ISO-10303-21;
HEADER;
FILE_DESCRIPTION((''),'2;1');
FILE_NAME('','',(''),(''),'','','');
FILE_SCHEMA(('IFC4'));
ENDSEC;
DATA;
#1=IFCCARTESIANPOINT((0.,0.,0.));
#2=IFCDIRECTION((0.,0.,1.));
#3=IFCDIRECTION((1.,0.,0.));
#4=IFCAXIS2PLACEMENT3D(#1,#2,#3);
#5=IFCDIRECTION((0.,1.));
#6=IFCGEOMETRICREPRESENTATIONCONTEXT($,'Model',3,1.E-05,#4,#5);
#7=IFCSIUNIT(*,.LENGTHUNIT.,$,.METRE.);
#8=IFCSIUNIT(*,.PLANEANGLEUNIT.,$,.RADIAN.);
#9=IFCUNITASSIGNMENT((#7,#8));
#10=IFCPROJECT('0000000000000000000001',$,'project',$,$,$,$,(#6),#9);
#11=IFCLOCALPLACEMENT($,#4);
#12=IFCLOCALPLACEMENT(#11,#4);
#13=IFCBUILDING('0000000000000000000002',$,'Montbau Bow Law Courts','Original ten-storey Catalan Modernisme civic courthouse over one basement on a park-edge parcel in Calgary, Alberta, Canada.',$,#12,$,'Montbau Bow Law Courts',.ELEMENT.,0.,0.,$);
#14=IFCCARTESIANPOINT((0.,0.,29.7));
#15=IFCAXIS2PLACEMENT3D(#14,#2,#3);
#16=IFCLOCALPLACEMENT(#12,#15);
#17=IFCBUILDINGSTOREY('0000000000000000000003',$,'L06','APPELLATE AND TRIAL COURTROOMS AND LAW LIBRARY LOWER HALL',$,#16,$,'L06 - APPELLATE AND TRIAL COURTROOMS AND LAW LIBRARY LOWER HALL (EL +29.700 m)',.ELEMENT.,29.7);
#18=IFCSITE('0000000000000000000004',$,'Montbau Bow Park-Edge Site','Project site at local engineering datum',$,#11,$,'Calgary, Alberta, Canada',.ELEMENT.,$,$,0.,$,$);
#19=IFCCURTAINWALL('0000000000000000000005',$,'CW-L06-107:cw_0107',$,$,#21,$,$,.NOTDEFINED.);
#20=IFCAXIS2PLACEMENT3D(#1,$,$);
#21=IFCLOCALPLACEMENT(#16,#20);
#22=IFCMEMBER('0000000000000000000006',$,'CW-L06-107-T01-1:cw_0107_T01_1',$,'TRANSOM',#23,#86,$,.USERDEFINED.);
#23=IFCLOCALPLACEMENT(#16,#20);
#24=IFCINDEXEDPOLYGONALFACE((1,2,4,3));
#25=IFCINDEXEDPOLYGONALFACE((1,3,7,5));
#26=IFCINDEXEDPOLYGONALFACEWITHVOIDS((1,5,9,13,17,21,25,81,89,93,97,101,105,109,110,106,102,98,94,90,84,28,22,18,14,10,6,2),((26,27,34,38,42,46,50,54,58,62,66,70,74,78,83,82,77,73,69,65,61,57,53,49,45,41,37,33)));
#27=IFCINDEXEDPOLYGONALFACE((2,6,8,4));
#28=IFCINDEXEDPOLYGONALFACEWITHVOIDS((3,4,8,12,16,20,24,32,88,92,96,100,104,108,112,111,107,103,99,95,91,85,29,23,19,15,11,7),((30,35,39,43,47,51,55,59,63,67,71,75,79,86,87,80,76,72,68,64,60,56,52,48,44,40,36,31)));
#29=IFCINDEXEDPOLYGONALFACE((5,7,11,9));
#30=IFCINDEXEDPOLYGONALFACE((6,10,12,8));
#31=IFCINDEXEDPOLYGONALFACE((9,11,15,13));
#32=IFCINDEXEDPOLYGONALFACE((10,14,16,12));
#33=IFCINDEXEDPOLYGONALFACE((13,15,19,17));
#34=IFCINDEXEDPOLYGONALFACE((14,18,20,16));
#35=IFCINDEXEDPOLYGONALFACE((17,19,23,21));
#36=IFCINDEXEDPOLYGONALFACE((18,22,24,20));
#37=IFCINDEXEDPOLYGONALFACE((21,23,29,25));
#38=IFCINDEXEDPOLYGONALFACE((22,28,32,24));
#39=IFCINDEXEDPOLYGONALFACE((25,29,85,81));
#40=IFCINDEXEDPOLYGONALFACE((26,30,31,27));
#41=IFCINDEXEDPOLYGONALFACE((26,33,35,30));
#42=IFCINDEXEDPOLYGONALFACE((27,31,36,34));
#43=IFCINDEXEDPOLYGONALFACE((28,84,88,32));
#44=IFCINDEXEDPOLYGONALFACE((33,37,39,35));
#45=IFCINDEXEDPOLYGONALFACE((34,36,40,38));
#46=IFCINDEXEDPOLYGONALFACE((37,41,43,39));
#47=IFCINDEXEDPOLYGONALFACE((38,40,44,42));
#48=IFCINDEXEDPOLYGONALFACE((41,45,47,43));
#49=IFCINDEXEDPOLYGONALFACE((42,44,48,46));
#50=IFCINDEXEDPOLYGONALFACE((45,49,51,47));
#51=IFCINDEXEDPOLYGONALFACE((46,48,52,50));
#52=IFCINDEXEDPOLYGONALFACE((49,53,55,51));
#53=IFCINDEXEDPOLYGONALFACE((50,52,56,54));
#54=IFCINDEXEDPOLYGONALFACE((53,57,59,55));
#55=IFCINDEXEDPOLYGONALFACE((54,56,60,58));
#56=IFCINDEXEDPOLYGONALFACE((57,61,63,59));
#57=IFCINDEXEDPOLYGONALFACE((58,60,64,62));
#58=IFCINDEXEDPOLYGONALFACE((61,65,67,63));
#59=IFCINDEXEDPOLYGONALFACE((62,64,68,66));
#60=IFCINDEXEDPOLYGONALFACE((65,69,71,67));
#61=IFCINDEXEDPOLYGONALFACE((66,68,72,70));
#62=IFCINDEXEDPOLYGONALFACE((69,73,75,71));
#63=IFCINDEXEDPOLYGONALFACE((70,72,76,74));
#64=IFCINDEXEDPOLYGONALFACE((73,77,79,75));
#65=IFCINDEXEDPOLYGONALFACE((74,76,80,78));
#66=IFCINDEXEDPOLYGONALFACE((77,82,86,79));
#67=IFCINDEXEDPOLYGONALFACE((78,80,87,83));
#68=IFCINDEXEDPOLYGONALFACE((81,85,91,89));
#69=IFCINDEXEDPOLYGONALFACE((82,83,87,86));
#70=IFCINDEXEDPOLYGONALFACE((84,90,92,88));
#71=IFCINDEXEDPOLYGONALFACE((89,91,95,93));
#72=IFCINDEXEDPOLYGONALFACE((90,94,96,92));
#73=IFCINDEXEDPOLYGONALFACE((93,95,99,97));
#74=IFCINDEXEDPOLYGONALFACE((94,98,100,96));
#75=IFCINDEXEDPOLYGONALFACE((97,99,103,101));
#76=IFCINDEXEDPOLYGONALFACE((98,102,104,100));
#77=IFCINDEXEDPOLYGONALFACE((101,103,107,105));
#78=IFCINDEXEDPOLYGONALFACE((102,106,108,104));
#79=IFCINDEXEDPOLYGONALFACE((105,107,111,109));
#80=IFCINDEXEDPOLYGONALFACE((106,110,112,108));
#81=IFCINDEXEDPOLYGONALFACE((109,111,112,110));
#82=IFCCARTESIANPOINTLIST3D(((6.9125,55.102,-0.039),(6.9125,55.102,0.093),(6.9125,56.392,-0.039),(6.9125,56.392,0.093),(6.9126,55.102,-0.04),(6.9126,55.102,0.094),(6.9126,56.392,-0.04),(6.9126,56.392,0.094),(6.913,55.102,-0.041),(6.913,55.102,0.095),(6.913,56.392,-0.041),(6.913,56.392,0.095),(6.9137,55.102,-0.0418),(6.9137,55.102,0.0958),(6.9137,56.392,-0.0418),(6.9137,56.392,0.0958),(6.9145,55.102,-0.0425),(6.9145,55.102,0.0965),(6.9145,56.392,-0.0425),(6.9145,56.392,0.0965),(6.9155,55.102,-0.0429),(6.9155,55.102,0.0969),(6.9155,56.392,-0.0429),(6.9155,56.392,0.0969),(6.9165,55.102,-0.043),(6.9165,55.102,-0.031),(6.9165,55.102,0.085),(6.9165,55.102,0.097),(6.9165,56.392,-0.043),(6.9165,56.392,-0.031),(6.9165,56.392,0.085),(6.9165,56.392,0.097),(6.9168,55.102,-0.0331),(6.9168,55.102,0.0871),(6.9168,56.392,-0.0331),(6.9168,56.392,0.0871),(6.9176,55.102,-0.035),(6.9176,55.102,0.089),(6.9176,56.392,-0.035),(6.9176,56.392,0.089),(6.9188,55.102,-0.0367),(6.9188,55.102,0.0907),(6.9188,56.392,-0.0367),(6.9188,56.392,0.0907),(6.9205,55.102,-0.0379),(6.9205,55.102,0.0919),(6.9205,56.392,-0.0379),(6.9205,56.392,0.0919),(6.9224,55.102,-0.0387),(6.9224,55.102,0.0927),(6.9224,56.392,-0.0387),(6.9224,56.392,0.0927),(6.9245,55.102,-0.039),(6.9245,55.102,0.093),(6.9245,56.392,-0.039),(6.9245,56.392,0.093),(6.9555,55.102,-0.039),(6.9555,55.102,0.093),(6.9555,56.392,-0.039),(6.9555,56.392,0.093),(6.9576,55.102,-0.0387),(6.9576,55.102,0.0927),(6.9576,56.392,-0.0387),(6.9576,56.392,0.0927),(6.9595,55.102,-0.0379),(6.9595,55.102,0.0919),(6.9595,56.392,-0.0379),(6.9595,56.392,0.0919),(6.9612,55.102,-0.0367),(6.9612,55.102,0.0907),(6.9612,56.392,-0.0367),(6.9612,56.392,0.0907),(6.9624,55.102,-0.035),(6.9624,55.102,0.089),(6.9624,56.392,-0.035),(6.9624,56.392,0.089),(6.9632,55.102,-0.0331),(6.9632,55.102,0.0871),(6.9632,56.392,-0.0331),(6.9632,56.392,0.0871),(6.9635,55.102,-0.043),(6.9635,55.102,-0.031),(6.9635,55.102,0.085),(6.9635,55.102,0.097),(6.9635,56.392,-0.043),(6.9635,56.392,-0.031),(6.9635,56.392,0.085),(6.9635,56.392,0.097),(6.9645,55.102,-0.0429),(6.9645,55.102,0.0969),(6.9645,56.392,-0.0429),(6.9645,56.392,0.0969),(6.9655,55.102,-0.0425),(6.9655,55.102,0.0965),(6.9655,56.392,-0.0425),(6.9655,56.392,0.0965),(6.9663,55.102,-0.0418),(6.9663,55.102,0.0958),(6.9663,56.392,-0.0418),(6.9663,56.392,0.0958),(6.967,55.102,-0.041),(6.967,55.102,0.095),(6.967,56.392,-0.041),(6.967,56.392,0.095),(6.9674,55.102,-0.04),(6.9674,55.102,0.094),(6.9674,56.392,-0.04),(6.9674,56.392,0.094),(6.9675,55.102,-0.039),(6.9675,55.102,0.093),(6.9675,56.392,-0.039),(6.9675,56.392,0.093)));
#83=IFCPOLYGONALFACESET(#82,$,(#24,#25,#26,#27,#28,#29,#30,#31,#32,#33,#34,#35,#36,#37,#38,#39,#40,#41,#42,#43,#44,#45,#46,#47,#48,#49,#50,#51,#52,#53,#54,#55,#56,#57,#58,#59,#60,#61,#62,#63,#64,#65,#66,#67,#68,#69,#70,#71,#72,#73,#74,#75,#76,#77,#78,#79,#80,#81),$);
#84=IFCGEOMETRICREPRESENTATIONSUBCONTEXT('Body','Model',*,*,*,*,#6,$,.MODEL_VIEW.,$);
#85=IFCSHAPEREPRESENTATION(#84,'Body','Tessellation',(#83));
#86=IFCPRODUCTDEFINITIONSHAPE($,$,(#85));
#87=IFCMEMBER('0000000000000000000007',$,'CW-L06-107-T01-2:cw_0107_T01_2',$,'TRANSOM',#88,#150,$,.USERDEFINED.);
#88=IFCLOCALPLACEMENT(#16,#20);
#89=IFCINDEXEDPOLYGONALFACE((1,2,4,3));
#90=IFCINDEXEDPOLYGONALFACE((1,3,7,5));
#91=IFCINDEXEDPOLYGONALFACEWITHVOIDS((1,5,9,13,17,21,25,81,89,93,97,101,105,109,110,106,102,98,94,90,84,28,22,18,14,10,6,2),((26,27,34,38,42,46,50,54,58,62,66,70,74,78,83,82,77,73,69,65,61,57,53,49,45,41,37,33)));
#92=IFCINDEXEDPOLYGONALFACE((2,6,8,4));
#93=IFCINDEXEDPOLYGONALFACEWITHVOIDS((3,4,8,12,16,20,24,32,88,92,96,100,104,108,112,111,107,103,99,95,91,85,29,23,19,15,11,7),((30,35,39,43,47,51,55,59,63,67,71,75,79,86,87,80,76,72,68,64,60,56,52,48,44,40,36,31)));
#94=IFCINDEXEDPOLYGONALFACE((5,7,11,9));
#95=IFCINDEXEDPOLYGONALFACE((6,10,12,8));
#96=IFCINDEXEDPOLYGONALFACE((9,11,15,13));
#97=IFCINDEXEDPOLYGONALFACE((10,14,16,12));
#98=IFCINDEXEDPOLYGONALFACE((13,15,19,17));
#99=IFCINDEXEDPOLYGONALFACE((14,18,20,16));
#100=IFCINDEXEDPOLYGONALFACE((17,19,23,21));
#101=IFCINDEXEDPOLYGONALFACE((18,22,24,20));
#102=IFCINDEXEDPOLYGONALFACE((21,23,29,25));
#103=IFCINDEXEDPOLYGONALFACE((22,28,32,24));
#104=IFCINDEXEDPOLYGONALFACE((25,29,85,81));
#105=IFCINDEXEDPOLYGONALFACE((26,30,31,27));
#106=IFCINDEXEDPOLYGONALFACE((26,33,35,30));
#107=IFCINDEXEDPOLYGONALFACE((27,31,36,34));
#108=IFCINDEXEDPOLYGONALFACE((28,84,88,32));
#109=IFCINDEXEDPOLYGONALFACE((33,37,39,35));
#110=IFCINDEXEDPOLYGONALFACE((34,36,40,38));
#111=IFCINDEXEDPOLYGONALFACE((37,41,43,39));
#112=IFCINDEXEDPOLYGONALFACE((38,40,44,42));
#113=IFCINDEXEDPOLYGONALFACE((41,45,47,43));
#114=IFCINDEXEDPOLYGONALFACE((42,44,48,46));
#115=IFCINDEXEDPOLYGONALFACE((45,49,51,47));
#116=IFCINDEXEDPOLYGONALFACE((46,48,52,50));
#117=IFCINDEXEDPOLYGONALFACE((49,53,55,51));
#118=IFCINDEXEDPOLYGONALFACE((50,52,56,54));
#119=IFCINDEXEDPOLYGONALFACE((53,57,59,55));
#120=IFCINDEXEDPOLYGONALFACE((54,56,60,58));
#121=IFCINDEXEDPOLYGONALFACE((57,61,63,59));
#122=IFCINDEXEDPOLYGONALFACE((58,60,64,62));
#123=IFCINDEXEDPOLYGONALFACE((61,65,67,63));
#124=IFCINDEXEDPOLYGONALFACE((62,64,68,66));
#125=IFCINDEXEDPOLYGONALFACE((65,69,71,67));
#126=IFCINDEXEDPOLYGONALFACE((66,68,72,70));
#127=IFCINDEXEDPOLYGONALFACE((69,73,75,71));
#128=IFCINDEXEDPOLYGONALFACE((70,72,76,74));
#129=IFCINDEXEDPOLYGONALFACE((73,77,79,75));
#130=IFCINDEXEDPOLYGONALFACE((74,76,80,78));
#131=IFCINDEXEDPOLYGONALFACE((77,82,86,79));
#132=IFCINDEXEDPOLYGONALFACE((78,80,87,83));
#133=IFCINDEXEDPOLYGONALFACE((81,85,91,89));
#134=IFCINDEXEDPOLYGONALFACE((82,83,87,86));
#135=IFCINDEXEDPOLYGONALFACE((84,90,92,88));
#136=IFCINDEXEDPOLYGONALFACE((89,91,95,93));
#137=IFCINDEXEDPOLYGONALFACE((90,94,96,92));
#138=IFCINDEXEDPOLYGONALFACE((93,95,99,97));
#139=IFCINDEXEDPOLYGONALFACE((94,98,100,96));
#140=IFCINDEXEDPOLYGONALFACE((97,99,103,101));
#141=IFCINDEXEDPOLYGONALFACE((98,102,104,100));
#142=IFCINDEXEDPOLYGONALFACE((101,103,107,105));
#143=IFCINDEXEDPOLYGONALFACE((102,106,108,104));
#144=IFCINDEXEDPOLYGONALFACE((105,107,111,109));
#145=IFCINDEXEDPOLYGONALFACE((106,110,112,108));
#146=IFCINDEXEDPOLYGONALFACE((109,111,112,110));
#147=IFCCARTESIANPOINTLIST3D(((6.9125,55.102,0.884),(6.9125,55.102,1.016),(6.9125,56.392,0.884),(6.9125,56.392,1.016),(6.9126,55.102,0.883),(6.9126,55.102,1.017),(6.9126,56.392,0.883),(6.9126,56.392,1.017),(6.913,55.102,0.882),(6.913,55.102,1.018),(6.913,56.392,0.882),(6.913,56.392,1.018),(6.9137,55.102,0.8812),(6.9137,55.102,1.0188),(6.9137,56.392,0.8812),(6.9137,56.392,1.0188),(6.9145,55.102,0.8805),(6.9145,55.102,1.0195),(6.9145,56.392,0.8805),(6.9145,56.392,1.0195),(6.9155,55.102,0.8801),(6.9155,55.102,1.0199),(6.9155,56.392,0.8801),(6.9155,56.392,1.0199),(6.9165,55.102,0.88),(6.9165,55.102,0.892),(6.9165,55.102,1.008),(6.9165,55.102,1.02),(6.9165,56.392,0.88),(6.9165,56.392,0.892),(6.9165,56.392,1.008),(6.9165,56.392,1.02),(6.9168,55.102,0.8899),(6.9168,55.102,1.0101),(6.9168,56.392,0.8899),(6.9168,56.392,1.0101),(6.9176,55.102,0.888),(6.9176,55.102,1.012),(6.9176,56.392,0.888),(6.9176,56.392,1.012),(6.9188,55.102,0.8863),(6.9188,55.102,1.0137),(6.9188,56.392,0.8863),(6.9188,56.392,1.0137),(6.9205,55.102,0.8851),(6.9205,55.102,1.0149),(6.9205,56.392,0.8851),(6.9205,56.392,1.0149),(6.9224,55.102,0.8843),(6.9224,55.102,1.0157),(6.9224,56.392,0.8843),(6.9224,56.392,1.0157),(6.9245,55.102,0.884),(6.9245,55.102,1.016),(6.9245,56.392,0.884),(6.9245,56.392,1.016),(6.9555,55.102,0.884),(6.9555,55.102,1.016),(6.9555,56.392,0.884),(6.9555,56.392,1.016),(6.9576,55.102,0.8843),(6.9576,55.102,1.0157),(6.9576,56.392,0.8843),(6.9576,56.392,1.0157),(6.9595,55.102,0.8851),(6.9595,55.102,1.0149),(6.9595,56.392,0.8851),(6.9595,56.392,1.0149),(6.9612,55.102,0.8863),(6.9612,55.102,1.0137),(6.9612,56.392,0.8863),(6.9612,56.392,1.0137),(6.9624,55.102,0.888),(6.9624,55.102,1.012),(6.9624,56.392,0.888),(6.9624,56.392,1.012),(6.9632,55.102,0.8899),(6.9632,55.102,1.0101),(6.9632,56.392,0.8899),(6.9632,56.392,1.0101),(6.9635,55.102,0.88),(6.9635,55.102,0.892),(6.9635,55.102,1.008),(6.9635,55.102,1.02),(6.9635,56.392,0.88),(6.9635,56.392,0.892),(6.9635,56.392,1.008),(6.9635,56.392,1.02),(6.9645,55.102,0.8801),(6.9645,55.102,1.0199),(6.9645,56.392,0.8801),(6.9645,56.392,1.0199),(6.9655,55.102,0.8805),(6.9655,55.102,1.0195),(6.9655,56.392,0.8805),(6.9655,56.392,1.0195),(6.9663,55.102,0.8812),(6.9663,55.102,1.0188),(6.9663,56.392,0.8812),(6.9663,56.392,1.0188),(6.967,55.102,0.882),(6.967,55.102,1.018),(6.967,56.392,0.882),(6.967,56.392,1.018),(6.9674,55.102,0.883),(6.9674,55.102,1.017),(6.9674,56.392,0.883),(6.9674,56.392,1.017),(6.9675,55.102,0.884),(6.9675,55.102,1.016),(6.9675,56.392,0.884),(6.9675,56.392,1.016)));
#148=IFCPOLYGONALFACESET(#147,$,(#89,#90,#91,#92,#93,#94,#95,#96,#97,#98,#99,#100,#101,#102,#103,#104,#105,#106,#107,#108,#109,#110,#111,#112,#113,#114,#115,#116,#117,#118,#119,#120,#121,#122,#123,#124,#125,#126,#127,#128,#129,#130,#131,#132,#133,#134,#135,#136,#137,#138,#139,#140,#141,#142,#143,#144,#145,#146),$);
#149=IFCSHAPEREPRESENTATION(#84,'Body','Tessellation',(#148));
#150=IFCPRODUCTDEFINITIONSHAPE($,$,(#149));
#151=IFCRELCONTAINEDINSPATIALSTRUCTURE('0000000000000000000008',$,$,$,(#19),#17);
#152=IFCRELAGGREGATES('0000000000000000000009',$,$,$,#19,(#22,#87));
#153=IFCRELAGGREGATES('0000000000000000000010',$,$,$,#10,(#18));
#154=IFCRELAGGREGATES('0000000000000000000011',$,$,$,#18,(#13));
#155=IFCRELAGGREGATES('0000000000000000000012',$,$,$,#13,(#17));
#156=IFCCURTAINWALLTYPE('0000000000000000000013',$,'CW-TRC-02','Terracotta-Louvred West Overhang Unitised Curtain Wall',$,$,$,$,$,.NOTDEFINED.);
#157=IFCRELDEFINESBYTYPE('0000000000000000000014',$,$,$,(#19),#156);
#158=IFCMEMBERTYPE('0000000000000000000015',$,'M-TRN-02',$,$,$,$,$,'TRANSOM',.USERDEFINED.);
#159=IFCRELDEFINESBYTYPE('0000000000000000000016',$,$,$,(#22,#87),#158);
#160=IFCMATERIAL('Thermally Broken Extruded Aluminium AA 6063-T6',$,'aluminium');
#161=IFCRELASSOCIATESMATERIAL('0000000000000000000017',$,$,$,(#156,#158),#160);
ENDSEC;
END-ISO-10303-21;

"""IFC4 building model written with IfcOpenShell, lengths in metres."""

from ifc_helpers import new_model, si_unit, direction, frame, origin_with_axes, origin_2d_with_axis, place, context, subcontext, project, spatial, hollow_rectangle, extrude, material, material_profile, profile_set, type_object, element, aggregate, save


model = new_model("IFC4")

# Units and contexts
model_context = context("Model", 3, precision=1e-05, world=origin_with_axes(), true_north=direction((0.0, 1.0)))
body_context = subcontext(model_context, "Body", "Model", "MODEL_VIEW")
ifc_project = project(units=[si_unit("LENGTHUNIT", "METRE"), si_unit("PLANEANGLEUNIT", "RADIAN")], contexts=[model_context])

# Site, building, storey
site_placement = place(None, origin_with_axes())
site = spatial("IfcSite", under=ifc_project, at=site_placement, Name="Montbau Bow Park-Edge Site", Description="Project site at local engineering datum", LongName="Calgary, Alberta, Canada", CompositionType="ELEMENT", RefElevation=0.0)
building_placement = place(site_placement, origin_with_axes())
building = spatial("IfcBuilding", under=site, at=building_placement, Name="Montbau Bow Law Courts", Description="Original ten-storey Catalan Modernisme civic courthouse over one basement on a park-edge parcel in Calgary, Alberta, Canada.", LongName="Montbau Bow Law Courts", CompositionType="ELEMENT", ElevationOfRefHeight=0.0, ElevationOfTerrain=0.0)
storey_placement = place(building_placement, frame((0.0, 0.0, 29.7), z_axis=(0.0, 0.0, 1.0), x_axis=(1.0, 0.0, 0.0)))
storey = spatial("IfcBuildingStorey", under=building, at=storey_placement, Name="L06", Description="APPELLATE AND TRIAL COURTROOMS AND LAW LIBRARY LOWER HALL", LongName="L06 - APPELLATE AND TRIAL COURTROOMS AND LAW LIBRARY LOWER HALL (EL +29.700 m)", CompositionType="ELEMENT", Elevation=29.7)

# Curtain wall
ifc_material_1 = material(Name="Thermally Broken Extruded Aluminium AA 6063-T6", Category="aluminium")
curtain_wall_type = type_object("IfcCurtainWallType", Name="CW-TRC-02", Description="Terracotta-Louvred West Overhang Unitised Curtain Wall", PredefinedType="NOTDEFINED", material=ifc_material_1)
curtain_wall_1_placement = place(None, frame((6.94, 55.04, 29.7), z_axis=(0.0, 0.0, 1.0), x_axis=(1.0, 0.0, 0.0)))
curtain_wall_1 = element("IfcCurtainWall", 1, at=curtain_wall_1_placement, inside=storey, type_object=curtain_wall_type, Name="CW-L06-107:cw_0107", PredefinedType="NOTDEFINED")

# Members
ifc_material_profile_1 = material_profile(ifc_material_1, hollow_rectangle(XDim=0.055, YDim=0.14, WallThickness=0.004, InnerFilletRadius=0.008, OuterFilletRadius=0.004, at=origin_2d_with_axis()), Name="CWT-140X55", Category="Main", Priority=0)
ifc_profile_set_1 = profile_set([ifc_material_profile_1], Name="Thermally Broken Extruded Aluminium AA 6063-T6")
member_type_1 = type_object("IfcMemberType", Name="M-TRN-02", ElementType="TRANSOM", PredefinedType="USERDEFINED", material=ifc_profile_set_1)
member_1_placement = place(None, frame((6.94, 55.102, 29.727), z_axis=(0.0, 1.0, 0.0), x_axis=(-1.0, 0.0, 0.0)))
member_1 = element("IfcMember", 2, at=member_1_placement, type_object=member_type_1, Name="CW-L06-107-T01-1:cw_0107_T01_1", ObjectType="TRANSOM", PredefinedType="USERDEFINED", context=body_context, shape_type="SweptSolid", body=[
    extrude(hollow_rectangle(XDim=0.055, YDim=0.14, WallThickness=0.004, InnerFilletRadius=0.008, OuterFilletRadius=0.004, at=origin_2d_with_axis()), origin_with_axes(), (0.0, 0.0, 1.0), 1.29),
])
member_2_placement = place(None, frame((6.94, 55.102, 30.65), z_axis=(0.0, 1.0, 0.0), x_axis=(-1.0, 0.0, 0.0)))
member_2 = element("IfcMember", 3, at=member_2_placement, type_object=member_type_1, Name="CW-L06-107-T01-2:cw_0107_T01_2", ObjectType="TRANSOM", PredefinedType="USERDEFINED", context=body_context, shape_type="SweptSolid", body=[
    extrude(hollow_rectangle(XDim=0.055, YDim=0.14, WallThickness=0.004, InnerFilletRadius=0.008, OuterFilletRadius=0.004, at=origin_2d_with_axis()), origin_with_axes(), (0.0, 0.0, 1.0), 1.29),
])

aggregate(curtain_wall_1, [member_1, member_2])

save(model, "model.ifc")
